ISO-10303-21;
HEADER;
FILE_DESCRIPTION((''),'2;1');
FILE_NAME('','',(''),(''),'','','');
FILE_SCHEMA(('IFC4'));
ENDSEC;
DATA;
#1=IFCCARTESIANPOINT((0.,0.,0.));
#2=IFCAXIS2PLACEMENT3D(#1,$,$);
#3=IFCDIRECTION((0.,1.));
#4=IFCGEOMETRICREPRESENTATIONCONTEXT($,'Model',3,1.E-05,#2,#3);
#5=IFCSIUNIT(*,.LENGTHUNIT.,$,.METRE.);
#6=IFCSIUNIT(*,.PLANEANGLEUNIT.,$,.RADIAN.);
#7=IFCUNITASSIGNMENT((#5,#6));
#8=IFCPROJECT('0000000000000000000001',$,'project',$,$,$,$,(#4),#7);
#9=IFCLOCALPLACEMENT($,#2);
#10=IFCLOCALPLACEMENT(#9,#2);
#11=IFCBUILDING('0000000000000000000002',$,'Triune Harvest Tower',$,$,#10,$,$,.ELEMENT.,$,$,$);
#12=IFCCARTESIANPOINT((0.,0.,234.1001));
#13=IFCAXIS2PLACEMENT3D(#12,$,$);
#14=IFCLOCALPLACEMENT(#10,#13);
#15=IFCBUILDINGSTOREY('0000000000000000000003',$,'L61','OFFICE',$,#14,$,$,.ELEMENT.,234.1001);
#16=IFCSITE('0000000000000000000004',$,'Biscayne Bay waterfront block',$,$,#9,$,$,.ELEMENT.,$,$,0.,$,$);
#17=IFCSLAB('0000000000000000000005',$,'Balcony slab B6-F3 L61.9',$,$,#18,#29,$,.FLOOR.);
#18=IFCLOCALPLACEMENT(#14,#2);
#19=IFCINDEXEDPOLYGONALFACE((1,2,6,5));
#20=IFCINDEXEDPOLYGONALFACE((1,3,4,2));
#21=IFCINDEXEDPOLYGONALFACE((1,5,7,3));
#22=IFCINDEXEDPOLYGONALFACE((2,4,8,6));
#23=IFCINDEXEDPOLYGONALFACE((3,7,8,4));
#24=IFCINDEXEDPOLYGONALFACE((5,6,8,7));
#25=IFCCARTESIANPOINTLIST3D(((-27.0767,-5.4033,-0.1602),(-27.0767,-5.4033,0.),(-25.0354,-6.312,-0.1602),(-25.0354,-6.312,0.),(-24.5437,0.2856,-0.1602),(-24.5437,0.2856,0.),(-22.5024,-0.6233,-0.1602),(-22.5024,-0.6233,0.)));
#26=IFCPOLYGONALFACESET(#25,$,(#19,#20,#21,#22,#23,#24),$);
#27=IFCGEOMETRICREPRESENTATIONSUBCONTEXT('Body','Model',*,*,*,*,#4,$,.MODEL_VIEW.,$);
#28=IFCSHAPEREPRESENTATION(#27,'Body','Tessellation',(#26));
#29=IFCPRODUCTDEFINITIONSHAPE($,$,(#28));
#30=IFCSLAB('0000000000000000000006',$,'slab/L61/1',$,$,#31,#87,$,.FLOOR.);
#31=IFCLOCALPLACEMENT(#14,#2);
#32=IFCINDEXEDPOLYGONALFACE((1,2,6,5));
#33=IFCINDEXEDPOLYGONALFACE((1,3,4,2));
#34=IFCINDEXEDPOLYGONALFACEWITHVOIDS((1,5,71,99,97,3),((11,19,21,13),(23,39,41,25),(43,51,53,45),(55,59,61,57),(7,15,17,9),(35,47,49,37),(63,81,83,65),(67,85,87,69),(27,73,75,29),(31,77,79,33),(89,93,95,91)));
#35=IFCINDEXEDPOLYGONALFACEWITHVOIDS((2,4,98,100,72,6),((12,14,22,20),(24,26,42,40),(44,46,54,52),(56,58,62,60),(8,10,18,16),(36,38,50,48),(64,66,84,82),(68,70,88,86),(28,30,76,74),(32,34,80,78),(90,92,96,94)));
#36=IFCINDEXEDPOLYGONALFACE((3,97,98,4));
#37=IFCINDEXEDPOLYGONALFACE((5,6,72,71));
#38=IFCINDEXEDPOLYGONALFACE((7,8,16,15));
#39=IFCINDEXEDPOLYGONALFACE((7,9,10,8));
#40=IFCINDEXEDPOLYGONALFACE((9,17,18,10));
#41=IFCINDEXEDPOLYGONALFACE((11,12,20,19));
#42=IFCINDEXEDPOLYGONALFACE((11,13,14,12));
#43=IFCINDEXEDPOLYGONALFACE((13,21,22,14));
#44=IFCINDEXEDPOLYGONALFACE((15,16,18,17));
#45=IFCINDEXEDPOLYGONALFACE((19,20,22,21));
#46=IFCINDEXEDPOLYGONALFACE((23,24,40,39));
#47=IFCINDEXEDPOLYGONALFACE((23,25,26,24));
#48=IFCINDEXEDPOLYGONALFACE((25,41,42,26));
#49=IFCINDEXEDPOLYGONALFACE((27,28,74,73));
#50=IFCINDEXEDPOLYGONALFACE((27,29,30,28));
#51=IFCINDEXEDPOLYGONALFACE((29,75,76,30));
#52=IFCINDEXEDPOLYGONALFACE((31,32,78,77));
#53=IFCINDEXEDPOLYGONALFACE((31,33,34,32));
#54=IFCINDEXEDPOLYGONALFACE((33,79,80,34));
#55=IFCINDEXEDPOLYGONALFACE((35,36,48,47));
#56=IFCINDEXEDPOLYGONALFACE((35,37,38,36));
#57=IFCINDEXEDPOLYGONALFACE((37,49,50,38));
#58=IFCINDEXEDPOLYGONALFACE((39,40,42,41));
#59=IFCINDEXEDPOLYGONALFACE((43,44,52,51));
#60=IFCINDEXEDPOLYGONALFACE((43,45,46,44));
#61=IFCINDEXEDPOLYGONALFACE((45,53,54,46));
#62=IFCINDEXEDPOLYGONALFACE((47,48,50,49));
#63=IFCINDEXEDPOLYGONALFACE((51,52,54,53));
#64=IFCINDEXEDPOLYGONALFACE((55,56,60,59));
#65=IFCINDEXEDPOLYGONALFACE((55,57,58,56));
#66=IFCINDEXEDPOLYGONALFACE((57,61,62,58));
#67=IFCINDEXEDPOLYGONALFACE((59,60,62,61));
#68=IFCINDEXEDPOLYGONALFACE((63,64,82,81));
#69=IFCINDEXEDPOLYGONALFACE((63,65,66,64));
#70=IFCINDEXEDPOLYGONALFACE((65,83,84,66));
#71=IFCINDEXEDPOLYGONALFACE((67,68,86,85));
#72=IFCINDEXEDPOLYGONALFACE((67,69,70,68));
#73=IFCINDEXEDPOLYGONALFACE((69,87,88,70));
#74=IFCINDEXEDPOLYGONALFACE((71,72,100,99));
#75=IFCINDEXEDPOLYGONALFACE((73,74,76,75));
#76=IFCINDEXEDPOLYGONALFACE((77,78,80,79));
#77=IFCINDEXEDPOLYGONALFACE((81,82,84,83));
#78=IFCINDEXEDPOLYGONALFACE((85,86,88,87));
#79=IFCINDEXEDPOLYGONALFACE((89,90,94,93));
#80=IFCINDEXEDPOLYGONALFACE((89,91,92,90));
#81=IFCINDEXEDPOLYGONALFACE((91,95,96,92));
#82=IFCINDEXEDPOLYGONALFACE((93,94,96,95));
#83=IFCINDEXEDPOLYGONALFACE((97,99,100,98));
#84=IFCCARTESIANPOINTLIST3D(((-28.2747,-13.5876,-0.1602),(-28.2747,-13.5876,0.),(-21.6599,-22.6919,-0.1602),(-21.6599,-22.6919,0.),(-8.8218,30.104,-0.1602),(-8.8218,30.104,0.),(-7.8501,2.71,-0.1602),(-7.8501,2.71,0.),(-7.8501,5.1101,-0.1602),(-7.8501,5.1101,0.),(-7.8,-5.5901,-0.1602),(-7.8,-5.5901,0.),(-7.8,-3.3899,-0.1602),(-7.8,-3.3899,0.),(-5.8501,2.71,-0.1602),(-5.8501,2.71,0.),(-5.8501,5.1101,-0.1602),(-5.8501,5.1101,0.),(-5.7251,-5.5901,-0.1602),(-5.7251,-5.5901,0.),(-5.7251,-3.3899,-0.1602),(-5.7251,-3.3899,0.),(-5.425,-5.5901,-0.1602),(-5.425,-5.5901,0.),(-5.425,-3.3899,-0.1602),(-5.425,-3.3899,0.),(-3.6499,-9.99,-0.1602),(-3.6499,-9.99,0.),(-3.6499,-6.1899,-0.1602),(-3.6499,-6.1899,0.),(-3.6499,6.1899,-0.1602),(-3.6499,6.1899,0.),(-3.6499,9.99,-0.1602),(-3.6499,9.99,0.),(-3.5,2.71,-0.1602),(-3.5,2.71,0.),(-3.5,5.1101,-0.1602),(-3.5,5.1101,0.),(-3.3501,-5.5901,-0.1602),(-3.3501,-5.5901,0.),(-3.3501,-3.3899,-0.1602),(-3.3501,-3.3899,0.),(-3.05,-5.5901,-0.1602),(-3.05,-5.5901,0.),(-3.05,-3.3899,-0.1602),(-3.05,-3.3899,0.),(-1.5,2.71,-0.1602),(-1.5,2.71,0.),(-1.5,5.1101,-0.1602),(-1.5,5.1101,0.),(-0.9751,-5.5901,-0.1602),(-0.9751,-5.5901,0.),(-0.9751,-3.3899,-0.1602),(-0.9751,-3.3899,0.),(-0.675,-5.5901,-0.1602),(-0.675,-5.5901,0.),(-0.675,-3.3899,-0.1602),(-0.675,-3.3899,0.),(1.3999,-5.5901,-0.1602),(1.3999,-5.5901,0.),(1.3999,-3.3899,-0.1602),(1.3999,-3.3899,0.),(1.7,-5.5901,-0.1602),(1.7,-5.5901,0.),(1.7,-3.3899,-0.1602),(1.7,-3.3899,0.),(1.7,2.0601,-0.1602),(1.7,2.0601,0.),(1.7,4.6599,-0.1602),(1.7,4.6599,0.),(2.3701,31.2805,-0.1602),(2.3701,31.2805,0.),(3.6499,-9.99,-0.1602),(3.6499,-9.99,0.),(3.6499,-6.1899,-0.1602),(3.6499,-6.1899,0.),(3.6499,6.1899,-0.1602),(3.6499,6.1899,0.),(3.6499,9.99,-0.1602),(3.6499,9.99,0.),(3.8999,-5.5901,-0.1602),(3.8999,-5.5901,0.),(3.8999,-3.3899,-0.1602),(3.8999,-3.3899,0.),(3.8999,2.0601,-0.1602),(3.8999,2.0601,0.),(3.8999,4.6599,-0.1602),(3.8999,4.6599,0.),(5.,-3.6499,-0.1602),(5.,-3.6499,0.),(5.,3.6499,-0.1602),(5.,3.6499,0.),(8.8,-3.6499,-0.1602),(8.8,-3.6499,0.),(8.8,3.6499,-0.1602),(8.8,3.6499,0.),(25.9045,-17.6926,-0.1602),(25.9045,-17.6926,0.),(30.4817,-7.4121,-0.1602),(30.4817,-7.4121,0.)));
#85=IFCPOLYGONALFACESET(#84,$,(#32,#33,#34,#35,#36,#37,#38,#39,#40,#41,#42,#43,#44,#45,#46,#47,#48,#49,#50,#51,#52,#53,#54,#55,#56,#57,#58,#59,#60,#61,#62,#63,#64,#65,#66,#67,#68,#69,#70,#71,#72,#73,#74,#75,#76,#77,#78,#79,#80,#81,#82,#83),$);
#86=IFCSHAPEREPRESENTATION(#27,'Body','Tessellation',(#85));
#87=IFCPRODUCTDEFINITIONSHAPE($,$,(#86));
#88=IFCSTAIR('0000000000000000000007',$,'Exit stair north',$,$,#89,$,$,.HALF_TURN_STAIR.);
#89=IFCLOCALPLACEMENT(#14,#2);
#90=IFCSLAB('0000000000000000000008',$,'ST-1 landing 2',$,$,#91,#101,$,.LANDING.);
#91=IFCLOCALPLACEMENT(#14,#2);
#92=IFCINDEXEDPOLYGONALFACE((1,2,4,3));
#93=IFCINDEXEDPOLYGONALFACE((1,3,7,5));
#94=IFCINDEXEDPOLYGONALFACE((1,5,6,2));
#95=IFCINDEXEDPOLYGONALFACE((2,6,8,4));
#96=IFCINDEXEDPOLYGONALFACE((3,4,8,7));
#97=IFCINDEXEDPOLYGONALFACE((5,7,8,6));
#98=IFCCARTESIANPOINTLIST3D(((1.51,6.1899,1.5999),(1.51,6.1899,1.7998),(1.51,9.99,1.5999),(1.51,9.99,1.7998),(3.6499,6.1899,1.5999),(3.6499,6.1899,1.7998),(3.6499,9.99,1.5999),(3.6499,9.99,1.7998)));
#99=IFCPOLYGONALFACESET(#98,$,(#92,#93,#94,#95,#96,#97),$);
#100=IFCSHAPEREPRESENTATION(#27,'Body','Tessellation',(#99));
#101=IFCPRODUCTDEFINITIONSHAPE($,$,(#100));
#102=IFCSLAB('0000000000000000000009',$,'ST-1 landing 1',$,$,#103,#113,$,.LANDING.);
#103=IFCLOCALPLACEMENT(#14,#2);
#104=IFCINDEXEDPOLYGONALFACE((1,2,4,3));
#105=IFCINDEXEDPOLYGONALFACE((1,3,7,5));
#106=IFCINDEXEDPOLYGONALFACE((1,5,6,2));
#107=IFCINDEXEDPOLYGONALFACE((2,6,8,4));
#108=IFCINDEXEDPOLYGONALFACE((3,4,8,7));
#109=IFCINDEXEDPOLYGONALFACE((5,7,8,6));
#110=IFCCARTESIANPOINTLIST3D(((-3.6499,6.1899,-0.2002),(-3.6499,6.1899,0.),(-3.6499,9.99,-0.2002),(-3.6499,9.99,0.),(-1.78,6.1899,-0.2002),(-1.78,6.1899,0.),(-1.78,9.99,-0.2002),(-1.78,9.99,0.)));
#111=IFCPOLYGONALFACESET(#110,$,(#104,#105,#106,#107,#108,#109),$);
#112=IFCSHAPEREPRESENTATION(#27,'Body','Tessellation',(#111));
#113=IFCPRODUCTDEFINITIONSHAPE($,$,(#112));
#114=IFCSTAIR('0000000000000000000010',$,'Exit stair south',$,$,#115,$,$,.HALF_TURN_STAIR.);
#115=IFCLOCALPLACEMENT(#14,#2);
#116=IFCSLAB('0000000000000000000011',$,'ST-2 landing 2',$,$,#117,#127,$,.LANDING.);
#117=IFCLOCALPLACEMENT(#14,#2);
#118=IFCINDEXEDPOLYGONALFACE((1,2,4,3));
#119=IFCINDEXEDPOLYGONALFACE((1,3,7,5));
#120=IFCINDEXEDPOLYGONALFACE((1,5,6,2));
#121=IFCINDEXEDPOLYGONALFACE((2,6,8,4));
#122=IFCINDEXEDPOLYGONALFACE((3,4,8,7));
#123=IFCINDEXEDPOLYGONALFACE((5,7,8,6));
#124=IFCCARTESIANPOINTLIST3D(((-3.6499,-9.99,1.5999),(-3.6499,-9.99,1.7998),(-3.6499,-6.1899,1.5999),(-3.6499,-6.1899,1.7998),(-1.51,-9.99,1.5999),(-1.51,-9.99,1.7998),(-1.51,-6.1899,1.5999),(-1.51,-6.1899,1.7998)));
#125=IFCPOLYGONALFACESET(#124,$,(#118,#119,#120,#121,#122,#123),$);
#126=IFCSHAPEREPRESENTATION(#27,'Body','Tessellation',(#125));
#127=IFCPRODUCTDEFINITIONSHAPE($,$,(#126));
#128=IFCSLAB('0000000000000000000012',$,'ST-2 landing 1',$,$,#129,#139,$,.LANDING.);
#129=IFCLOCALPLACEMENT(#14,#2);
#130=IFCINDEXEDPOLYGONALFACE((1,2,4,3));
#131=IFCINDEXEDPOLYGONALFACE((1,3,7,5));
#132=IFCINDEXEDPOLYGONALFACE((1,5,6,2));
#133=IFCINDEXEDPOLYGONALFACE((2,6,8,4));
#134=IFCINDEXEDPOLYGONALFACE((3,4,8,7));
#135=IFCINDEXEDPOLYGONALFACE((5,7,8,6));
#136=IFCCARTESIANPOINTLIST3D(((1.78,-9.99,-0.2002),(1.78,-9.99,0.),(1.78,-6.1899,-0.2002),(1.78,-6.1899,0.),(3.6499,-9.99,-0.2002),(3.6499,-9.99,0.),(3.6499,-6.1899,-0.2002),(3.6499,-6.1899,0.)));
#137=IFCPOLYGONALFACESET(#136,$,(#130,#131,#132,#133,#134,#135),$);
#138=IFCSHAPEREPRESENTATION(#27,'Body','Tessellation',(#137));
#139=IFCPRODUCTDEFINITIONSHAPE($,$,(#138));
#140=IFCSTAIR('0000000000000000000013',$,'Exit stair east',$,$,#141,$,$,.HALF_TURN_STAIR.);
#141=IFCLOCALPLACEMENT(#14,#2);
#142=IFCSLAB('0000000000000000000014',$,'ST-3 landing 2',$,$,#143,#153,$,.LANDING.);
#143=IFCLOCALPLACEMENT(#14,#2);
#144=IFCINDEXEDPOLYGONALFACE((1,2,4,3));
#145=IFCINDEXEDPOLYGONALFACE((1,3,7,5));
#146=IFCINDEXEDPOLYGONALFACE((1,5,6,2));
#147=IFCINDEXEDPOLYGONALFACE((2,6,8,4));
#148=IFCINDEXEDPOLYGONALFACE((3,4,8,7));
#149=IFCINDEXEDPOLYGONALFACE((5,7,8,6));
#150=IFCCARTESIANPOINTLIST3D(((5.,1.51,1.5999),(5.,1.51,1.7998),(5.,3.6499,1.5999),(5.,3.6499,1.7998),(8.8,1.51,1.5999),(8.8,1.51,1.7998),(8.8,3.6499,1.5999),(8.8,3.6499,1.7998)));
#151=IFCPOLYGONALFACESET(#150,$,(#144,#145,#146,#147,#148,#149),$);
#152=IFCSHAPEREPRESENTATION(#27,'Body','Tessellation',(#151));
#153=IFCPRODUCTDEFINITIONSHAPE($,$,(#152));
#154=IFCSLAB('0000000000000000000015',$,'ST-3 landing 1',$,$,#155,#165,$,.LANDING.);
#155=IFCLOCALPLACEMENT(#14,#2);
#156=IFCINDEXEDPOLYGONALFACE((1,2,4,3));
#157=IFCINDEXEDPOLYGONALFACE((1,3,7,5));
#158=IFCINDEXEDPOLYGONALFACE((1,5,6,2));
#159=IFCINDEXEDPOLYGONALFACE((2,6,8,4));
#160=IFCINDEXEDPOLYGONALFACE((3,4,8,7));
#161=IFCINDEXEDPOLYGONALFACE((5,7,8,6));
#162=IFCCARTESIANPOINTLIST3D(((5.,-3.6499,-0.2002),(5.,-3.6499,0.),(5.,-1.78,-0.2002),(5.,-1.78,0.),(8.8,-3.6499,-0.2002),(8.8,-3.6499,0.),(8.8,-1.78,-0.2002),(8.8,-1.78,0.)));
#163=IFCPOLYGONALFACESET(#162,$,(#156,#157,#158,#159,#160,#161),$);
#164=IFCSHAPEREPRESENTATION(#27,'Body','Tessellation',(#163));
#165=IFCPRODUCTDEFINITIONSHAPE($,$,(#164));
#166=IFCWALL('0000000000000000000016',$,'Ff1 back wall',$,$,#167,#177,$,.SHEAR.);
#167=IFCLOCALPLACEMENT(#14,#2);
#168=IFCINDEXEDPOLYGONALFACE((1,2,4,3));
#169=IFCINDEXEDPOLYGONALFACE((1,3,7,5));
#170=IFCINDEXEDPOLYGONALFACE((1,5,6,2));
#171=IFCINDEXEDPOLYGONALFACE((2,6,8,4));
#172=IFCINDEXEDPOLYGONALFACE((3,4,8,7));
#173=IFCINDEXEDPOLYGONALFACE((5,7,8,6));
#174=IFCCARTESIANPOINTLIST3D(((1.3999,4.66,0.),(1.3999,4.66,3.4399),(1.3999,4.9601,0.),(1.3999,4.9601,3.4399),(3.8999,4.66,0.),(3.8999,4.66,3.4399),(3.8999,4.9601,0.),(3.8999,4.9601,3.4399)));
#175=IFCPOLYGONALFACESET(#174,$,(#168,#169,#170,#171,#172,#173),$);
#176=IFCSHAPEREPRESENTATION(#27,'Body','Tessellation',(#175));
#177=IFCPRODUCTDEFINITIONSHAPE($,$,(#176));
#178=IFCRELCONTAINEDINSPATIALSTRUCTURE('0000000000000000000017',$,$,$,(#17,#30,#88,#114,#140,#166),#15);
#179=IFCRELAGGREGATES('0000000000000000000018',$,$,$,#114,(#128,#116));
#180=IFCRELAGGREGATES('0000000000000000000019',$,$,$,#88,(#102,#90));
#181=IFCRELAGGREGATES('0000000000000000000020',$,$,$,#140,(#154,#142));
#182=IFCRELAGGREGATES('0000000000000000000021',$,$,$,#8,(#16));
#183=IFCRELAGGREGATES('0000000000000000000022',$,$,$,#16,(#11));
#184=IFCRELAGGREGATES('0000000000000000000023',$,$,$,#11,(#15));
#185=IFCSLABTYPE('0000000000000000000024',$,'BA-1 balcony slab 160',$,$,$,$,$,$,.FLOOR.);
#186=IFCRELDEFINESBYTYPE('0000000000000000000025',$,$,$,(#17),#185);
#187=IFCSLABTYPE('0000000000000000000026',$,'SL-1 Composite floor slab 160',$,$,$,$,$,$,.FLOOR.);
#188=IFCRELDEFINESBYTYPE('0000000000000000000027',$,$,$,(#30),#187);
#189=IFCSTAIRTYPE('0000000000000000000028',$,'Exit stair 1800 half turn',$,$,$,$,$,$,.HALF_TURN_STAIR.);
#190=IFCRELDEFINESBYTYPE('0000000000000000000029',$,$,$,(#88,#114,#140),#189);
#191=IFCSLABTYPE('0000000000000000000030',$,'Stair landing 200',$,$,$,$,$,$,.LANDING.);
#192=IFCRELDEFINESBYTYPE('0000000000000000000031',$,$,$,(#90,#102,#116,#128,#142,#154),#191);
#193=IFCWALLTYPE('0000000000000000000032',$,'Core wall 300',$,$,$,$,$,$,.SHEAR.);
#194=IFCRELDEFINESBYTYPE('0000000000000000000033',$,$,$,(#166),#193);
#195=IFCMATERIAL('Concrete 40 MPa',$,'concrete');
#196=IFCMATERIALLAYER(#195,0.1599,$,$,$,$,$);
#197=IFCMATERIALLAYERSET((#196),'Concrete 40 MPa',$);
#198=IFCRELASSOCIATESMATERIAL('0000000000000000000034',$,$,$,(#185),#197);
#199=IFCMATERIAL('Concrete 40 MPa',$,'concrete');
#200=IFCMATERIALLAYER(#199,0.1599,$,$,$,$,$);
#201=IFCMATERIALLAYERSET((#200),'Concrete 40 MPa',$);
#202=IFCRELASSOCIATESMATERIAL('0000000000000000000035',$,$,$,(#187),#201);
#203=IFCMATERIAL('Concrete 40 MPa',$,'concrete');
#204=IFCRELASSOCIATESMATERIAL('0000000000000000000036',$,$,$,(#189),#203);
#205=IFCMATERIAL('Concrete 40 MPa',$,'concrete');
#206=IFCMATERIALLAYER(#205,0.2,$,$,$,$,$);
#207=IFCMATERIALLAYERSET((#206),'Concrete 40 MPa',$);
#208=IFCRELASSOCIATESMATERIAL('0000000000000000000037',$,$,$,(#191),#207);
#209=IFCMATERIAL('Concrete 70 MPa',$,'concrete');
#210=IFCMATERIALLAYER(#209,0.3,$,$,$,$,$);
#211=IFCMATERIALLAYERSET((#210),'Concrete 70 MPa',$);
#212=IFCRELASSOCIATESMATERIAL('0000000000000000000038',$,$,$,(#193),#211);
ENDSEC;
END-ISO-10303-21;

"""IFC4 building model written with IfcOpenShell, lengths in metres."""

from ifc_helpers import new_model, si_unit, direction, frame, frame_2d, origin, place, context, subcontext, project, spatial, polyline, rectangle, outline, extrude, source, transform, mapped, material, layer, layer_set, type_object, element, aggregate, save


model = new_model("IFC4")

# Units and contexts
model_context = context("Model", 3, precision=1e-05, world=origin(), true_north=direction((0.0, 1.0)))
body_context = subcontext(model_context, "Body", "Model", "MODEL_VIEW")
ifc_project = project(units=[si_unit("LENGTHUNIT", "METRE"), si_unit("PLANEANGLEUNIT", "RADIAN")], contexts=[model_context])

# Site, building, storey
site_placement = place(None, origin())
site = spatial("IfcSite", under=ifc_project, at=site_placement, Name="Biscayne Bay waterfront block", CompositionType="ELEMENT", RefElevation=0.0)
building_placement = place(site_placement, origin())
building = spatial("IfcBuilding", under=site, at=building_placement, Name="Triune Harvest Tower", CompositionType="ELEMENT")
storey_placement = place(building_placement, frame((0.0, 0.0, 234.1001)))
storey = spatial("IfcBuildingStorey", under=building, at=storey_placement, Name="L61", Description="OFFICE", CompositionType="ELEMENT", Elevation=234.1001)

# Slabs
ifc_material_1 = material(Name="Concrete 40 MPa", Category="concrete")
ifc_layer_1 = layer(ifc_material_1, 0.1599)
ifc_layer_set_1 = layer_set([ifc_layer_1], Name="Concrete 40 MPa")
slab_type_1 = type_object("IfcSlabType", Name="BA-1 balcony slab 160", PredefinedType="FLOOR", material=ifc_layer_set_1)
slab_1_placement = place(storey_placement, frame((0.0, 0.0, -0.1602)))
element("IfcSlab", 1, at=slab_1_placement, inside=storey, type_object=slab_type_1, Name="Balcony slab B6-F3 L61.9", PredefinedType="FLOOR", context=body_context, shape_type="SweptSolid", body=[
    extrude(outline(polyline([(-22.5024, -0.6233), (-25.0354, -6.312), (-27.0767, -5.4033), (-24.5437, 0.2856), (-22.5024, -0.6233)])), origin(), (0.0, 0.0, 1.0), 0.1602),
])
ifc_material_2 = material(Name="Concrete 40 MPa", Category="concrete")
ifc_layer_2 = layer(ifc_material_2, 0.1599)
ifc_layer_set_2 = layer_set([ifc_layer_2], Name="Concrete 40 MPa")
slab_type_2 = type_object("IfcSlabType", Name="SL-1 Composite floor slab 160", PredefinedType="FLOOR", material=ifc_layer_set_2)
shared_shape_1 = source(origin(), body_context, "Body", "SweptSolid", [
    extrude(outline(polyline([(30.4817, -7.4121), (2.3701, 31.2805), (-8.8218, 30.104), (-28.2747, -13.5876), (-21.6599, -22.6919), (25.9045, -17.6926), (30.4817, -7.4121)]), holes=[polyline([(-5.7251, -5.5901), (-5.7251, -3.3899), (-7.8, -3.3899), (-7.8, -5.5901), (-5.7251, -5.5901)]), polyline([(-3.3501, -5.5901), (-3.3501, -3.3899), (-5.425, -3.3899), (-5.425, -5.5901), (-3.3501, -5.5901)]), polyline([(-0.9751, -5.5901), (-0.9751, -3.3899), (-3.05, -3.3899), (-3.05, -5.5901), (-0.9751, -5.5901)]), polyline([(1.3999, -5.5901), (1.3999, -3.3899), (-0.675, -3.3899), (-0.675, -5.5901), (1.3999, -5.5901)]), polyline([(3.8999, 2.0601), (3.8999, 4.6599), (1.7, 4.6599), (1.7, 2.0601), (3.8999, 2.0601)]), polyline([(3.8999, -5.5901), (3.8999, -3.3899), (1.7, -3.3899), (1.7, -5.5901), (3.8999, -5.5901)]), polyline([(-5.8501, 2.71), (-5.8501, 5.1101), (-7.8501, 5.1101), (-7.8501, 2.71), (-5.8501, 2.71)]), polyline([(-1.5, 2.71), (-1.5, 5.1101), (-3.5, 5.1101), (-3.5, 2.71), (-1.5, 2.71)]), polyline([(3.6499, 6.1899), (3.6499, 9.99), (-3.6499, 9.99), (-3.6499, 6.1899), (3.6499, 6.1899)]), polyline([(3.6499, -9.99), (3.6499, -6.1899), (-3.6499, -6.1899), (-3.6499, -9.99), (3.6499, -9.99)]), polyline([(8.8, -3.6499), (8.8, 3.6499), (5.0, 3.6499), (5.0, -3.6499), (8.8, -3.6499)])]), origin(), (0.0, 0.0, 1.0), 0.1602),
])
slab_2_placement = place(storey_placement, frame((0.0, 0.0, -0.1602)))
element("IfcSlab", 2, at=slab_2_placement, inside=storey, type_object=slab_type_2, Name="slab/L61/1", PredefinedType="FLOOR", context=body_context, shape_type="MappedRepresentation", body=[
    mapped(shared_shape_1, transform((0.0, 0.0, 0.0), scale=1.0)),
])

# Stairs, slabs
ifc_material_3 = material(Name="Concrete 40 MPa", Category="concrete")
stair_type = type_object("IfcStairType", Name="Exit stair 1800 half turn", PredefinedType="HALF_TURN_STAIR", material=ifc_material_3)
stair_1_placement = place(storey_placement, origin())
stair_1 = element("IfcStair", 3, at=stair_1_placement, inside=storey, type_object=stair_type, Name="Exit stair north", PredefinedType="HALF_TURN_STAIR")
ifc_material_4 = material(Name="Concrete 40 MPa", Category="concrete")
ifc_layer_3 = layer(ifc_material_4, 0.2)
ifc_layer_set_3 = layer_set([ifc_layer_3], Name="Concrete 40 MPa")
slab_type_3 = type_object("IfcSlabType", Name="Stair landing 200", PredefinedType="LANDING", material=ifc_layer_set_3)
shared_shape_2 = source(origin(), body_context, "Body", "SweptSolid", [
    extrude(outline(polyline([(1.51, 6.1899), (3.6499, 6.1899), (3.6499, 9.99), (1.51, 9.99), (1.51, 6.1899)])), origin(), (0.0, 0.0, 1.0), 0.2),
])
slab_3_placement = place(storey_placement, frame((0.0, 0.0, 1.5999)))
slab_3 = element("IfcSlab", 4, at=slab_3_placement, type_object=slab_type_3, Name="ST-1 landing 2", PredefinedType="LANDING", context=body_context, shape_type="MappedRepresentation", body=[
    mapped(shared_shape_2, transform((0.0, 0.0, 0.0), scale=1.0)),
])
shared_shape_3 = source(origin(), body_context, "Body", "SweptSolid", [
    extrude(outline(polyline([(-3.6499, 6.1899), (-1.78, 6.1899), (-1.78, 9.99), (-3.6499, 9.99), (-3.6499, 6.1899)])), origin(), (0.0, 0.0, 1.0), 0.2002),
])
slab_4_placement = place(storey_placement, frame((0.0, 0.0, -0.2002)))
slab_4 = element("IfcSlab", 5, at=slab_4_placement, type_object=slab_type_3, Name="ST-1 landing 1", PredefinedType="LANDING", context=body_context, shape_type="MappedRepresentation", body=[
    mapped(shared_shape_3, transform((0.0, 0.0, 0.0), scale=1.0)),
])
stair_2_placement = place(storey_placement, origin())
stair_2 = element("IfcStair", 6, at=stair_2_placement, inside=storey, type_object=stair_type, Name="Exit stair south", PredefinedType="HALF_TURN_STAIR")
shared_shape_4 = source(origin(), body_context, "Body", "SweptSolid", [
    extrude(outline(polyline([(-1.51, -6.1899), (-3.6499, -6.1899), (-3.6499, -9.99), (-1.51, -9.99), (-1.51, -6.1899)])), origin(), (0.0, 0.0, 1.0), 0.2),
])
slab_5_placement = place(storey_placement, frame((0.0, 0.0, 1.5999)))
slab_5 = element("IfcSlab", 7, at=slab_5_placement, type_object=slab_type_3, Name="ST-2 landing 2", PredefinedType="LANDING", context=body_context, shape_type="MappedRepresentation", body=[
    mapped(shared_shape_4, transform((0.0, 0.0, 0.0), scale=1.0)),
])
shared_shape_5 = source(origin(), body_context, "Body", "SweptSolid", [
    extrude(outline(polyline([(3.6499, -6.1899), (1.78, -6.1899), (1.78, -9.99), (3.6499, -9.99), (3.6499, -6.1899)])), origin(), (0.0, 0.0, 1.0), 0.2002),
])
slab_6_placement = place(storey_placement, frame((0.0, 0.0, -0.2002)))
slab_6 = element("IfcSlab", 8, at=slab_6_placement, type_object=slab_type_3, Name="ST-2 landing 1", PredefinedType="LANDING", context=body_context, shape_type="MappedRepresentation", body=[
    mapped(shared_shape_5, transform((0.0, 0.0, 0.0), scale=1.0)),
])
aggregate(stair_2, [slab_6, slab_5])
stair_3_placement = place(storey_placement, origin())
stair_3 = element("IfcStair", 9, at=stair_3_placement, inside=storey, type_object=stair_type, Name="Exit stair east", PredefinedType="HALF_TURN_STAIR")
shared_shape_6 = source(origin(), body_context, "Body", "SweptSolid", [
    extrude(outline(polyline([(8.8, 1.51), (8.8, 3.6499), (5.0, 3.6499), (5.0, 1.51), (8.8, 1.51)])), origin(), (0.0, 0.0, 1.0), 0.2),
])
slab_7_placement = place(storey_placement, frame((0.0, 0.0, 1.5999)))
slab_7 = element("IfcSlab", 10, at=slab_7_placement, type_object=slab_type_3, Name="ST-3 landing 2", PredefinedType="LANDING", context=body_context, shape_type="MappedRepresentation", body=[
    mapped(shared_shape_6, transform((0.0, 0.0, 0.0), scale=1.0)),
])
shared_shape_7 = source(origin(), body_context, "Body", "SweptSolid", [
    extrude(outline(polyline([(8.8, -3.6499), (8.8, -1.78), (5.0, -1.78), (5.0, -3.6499), (8.8, -3.6499)])), origin(), (0.0, 0.0, 1.0), 0.2002),
])
slab_8_placement = place(storey_placement, frame((0.0, 0.0, -0.2002)))
slab_8 = element("IfcSlab", 11, at=slab_8_placement, type_object=slab_type_3, Name="ST-3 landing 1", PredefinedType="LANDING", context=body_context, shape_type="MappedRepresentation", body=[
    mapped(shared_shape_7, transform((0.0, 0.0, 0.0), scale=1.0)),
])

# Wall
ifc_material_5 = material(Name="Concrete 70 MPa", Category="concrete")
ifc_layer_4 = layer(ifc_material_5, 0.3)
ifc_layer_set_4 = layer_set([ifc_layer_4], Name="Concrete 70 MPa")
wall_type_1 = type_object("IfcWallType", Name="Core wall 300", PredefinedType="SHEAR", material=ifc_layer_set_4)
shared_shape_8 = source(origin(), body_context, "Body", "SweptSolid", [
    extrude(rectangle(XDim=2.5, YDim=0.3, at=frame_2d((1.25, 0.0))), origin(), (0.0, 0.0, 1.0), 3.4399),
])
wall_1_placement = place(storey_placement, frame((1.3999, 4.8101, 0.0), z_axis=(0.0, 0.0, 1.0), x_axis=(1.0, 0.0, 0.0)))
element("IfcWall", 12, at=wall_1_placement, inside=storey, type_object=wall_type_1, Name="Ff1 back wall", PredefinedType="SHEAR", context=body_context, shape_type="MappedRepresentation", body=[
    mapped(shared_shape_8, transform((0.0, 0.0, 0.0), scale=1.0)),
])

aggregate(stair_1, [slab_4, slab_3])
aggregate(stair_3, [slab_8, slab_7])

save(model, "model.ifc")
